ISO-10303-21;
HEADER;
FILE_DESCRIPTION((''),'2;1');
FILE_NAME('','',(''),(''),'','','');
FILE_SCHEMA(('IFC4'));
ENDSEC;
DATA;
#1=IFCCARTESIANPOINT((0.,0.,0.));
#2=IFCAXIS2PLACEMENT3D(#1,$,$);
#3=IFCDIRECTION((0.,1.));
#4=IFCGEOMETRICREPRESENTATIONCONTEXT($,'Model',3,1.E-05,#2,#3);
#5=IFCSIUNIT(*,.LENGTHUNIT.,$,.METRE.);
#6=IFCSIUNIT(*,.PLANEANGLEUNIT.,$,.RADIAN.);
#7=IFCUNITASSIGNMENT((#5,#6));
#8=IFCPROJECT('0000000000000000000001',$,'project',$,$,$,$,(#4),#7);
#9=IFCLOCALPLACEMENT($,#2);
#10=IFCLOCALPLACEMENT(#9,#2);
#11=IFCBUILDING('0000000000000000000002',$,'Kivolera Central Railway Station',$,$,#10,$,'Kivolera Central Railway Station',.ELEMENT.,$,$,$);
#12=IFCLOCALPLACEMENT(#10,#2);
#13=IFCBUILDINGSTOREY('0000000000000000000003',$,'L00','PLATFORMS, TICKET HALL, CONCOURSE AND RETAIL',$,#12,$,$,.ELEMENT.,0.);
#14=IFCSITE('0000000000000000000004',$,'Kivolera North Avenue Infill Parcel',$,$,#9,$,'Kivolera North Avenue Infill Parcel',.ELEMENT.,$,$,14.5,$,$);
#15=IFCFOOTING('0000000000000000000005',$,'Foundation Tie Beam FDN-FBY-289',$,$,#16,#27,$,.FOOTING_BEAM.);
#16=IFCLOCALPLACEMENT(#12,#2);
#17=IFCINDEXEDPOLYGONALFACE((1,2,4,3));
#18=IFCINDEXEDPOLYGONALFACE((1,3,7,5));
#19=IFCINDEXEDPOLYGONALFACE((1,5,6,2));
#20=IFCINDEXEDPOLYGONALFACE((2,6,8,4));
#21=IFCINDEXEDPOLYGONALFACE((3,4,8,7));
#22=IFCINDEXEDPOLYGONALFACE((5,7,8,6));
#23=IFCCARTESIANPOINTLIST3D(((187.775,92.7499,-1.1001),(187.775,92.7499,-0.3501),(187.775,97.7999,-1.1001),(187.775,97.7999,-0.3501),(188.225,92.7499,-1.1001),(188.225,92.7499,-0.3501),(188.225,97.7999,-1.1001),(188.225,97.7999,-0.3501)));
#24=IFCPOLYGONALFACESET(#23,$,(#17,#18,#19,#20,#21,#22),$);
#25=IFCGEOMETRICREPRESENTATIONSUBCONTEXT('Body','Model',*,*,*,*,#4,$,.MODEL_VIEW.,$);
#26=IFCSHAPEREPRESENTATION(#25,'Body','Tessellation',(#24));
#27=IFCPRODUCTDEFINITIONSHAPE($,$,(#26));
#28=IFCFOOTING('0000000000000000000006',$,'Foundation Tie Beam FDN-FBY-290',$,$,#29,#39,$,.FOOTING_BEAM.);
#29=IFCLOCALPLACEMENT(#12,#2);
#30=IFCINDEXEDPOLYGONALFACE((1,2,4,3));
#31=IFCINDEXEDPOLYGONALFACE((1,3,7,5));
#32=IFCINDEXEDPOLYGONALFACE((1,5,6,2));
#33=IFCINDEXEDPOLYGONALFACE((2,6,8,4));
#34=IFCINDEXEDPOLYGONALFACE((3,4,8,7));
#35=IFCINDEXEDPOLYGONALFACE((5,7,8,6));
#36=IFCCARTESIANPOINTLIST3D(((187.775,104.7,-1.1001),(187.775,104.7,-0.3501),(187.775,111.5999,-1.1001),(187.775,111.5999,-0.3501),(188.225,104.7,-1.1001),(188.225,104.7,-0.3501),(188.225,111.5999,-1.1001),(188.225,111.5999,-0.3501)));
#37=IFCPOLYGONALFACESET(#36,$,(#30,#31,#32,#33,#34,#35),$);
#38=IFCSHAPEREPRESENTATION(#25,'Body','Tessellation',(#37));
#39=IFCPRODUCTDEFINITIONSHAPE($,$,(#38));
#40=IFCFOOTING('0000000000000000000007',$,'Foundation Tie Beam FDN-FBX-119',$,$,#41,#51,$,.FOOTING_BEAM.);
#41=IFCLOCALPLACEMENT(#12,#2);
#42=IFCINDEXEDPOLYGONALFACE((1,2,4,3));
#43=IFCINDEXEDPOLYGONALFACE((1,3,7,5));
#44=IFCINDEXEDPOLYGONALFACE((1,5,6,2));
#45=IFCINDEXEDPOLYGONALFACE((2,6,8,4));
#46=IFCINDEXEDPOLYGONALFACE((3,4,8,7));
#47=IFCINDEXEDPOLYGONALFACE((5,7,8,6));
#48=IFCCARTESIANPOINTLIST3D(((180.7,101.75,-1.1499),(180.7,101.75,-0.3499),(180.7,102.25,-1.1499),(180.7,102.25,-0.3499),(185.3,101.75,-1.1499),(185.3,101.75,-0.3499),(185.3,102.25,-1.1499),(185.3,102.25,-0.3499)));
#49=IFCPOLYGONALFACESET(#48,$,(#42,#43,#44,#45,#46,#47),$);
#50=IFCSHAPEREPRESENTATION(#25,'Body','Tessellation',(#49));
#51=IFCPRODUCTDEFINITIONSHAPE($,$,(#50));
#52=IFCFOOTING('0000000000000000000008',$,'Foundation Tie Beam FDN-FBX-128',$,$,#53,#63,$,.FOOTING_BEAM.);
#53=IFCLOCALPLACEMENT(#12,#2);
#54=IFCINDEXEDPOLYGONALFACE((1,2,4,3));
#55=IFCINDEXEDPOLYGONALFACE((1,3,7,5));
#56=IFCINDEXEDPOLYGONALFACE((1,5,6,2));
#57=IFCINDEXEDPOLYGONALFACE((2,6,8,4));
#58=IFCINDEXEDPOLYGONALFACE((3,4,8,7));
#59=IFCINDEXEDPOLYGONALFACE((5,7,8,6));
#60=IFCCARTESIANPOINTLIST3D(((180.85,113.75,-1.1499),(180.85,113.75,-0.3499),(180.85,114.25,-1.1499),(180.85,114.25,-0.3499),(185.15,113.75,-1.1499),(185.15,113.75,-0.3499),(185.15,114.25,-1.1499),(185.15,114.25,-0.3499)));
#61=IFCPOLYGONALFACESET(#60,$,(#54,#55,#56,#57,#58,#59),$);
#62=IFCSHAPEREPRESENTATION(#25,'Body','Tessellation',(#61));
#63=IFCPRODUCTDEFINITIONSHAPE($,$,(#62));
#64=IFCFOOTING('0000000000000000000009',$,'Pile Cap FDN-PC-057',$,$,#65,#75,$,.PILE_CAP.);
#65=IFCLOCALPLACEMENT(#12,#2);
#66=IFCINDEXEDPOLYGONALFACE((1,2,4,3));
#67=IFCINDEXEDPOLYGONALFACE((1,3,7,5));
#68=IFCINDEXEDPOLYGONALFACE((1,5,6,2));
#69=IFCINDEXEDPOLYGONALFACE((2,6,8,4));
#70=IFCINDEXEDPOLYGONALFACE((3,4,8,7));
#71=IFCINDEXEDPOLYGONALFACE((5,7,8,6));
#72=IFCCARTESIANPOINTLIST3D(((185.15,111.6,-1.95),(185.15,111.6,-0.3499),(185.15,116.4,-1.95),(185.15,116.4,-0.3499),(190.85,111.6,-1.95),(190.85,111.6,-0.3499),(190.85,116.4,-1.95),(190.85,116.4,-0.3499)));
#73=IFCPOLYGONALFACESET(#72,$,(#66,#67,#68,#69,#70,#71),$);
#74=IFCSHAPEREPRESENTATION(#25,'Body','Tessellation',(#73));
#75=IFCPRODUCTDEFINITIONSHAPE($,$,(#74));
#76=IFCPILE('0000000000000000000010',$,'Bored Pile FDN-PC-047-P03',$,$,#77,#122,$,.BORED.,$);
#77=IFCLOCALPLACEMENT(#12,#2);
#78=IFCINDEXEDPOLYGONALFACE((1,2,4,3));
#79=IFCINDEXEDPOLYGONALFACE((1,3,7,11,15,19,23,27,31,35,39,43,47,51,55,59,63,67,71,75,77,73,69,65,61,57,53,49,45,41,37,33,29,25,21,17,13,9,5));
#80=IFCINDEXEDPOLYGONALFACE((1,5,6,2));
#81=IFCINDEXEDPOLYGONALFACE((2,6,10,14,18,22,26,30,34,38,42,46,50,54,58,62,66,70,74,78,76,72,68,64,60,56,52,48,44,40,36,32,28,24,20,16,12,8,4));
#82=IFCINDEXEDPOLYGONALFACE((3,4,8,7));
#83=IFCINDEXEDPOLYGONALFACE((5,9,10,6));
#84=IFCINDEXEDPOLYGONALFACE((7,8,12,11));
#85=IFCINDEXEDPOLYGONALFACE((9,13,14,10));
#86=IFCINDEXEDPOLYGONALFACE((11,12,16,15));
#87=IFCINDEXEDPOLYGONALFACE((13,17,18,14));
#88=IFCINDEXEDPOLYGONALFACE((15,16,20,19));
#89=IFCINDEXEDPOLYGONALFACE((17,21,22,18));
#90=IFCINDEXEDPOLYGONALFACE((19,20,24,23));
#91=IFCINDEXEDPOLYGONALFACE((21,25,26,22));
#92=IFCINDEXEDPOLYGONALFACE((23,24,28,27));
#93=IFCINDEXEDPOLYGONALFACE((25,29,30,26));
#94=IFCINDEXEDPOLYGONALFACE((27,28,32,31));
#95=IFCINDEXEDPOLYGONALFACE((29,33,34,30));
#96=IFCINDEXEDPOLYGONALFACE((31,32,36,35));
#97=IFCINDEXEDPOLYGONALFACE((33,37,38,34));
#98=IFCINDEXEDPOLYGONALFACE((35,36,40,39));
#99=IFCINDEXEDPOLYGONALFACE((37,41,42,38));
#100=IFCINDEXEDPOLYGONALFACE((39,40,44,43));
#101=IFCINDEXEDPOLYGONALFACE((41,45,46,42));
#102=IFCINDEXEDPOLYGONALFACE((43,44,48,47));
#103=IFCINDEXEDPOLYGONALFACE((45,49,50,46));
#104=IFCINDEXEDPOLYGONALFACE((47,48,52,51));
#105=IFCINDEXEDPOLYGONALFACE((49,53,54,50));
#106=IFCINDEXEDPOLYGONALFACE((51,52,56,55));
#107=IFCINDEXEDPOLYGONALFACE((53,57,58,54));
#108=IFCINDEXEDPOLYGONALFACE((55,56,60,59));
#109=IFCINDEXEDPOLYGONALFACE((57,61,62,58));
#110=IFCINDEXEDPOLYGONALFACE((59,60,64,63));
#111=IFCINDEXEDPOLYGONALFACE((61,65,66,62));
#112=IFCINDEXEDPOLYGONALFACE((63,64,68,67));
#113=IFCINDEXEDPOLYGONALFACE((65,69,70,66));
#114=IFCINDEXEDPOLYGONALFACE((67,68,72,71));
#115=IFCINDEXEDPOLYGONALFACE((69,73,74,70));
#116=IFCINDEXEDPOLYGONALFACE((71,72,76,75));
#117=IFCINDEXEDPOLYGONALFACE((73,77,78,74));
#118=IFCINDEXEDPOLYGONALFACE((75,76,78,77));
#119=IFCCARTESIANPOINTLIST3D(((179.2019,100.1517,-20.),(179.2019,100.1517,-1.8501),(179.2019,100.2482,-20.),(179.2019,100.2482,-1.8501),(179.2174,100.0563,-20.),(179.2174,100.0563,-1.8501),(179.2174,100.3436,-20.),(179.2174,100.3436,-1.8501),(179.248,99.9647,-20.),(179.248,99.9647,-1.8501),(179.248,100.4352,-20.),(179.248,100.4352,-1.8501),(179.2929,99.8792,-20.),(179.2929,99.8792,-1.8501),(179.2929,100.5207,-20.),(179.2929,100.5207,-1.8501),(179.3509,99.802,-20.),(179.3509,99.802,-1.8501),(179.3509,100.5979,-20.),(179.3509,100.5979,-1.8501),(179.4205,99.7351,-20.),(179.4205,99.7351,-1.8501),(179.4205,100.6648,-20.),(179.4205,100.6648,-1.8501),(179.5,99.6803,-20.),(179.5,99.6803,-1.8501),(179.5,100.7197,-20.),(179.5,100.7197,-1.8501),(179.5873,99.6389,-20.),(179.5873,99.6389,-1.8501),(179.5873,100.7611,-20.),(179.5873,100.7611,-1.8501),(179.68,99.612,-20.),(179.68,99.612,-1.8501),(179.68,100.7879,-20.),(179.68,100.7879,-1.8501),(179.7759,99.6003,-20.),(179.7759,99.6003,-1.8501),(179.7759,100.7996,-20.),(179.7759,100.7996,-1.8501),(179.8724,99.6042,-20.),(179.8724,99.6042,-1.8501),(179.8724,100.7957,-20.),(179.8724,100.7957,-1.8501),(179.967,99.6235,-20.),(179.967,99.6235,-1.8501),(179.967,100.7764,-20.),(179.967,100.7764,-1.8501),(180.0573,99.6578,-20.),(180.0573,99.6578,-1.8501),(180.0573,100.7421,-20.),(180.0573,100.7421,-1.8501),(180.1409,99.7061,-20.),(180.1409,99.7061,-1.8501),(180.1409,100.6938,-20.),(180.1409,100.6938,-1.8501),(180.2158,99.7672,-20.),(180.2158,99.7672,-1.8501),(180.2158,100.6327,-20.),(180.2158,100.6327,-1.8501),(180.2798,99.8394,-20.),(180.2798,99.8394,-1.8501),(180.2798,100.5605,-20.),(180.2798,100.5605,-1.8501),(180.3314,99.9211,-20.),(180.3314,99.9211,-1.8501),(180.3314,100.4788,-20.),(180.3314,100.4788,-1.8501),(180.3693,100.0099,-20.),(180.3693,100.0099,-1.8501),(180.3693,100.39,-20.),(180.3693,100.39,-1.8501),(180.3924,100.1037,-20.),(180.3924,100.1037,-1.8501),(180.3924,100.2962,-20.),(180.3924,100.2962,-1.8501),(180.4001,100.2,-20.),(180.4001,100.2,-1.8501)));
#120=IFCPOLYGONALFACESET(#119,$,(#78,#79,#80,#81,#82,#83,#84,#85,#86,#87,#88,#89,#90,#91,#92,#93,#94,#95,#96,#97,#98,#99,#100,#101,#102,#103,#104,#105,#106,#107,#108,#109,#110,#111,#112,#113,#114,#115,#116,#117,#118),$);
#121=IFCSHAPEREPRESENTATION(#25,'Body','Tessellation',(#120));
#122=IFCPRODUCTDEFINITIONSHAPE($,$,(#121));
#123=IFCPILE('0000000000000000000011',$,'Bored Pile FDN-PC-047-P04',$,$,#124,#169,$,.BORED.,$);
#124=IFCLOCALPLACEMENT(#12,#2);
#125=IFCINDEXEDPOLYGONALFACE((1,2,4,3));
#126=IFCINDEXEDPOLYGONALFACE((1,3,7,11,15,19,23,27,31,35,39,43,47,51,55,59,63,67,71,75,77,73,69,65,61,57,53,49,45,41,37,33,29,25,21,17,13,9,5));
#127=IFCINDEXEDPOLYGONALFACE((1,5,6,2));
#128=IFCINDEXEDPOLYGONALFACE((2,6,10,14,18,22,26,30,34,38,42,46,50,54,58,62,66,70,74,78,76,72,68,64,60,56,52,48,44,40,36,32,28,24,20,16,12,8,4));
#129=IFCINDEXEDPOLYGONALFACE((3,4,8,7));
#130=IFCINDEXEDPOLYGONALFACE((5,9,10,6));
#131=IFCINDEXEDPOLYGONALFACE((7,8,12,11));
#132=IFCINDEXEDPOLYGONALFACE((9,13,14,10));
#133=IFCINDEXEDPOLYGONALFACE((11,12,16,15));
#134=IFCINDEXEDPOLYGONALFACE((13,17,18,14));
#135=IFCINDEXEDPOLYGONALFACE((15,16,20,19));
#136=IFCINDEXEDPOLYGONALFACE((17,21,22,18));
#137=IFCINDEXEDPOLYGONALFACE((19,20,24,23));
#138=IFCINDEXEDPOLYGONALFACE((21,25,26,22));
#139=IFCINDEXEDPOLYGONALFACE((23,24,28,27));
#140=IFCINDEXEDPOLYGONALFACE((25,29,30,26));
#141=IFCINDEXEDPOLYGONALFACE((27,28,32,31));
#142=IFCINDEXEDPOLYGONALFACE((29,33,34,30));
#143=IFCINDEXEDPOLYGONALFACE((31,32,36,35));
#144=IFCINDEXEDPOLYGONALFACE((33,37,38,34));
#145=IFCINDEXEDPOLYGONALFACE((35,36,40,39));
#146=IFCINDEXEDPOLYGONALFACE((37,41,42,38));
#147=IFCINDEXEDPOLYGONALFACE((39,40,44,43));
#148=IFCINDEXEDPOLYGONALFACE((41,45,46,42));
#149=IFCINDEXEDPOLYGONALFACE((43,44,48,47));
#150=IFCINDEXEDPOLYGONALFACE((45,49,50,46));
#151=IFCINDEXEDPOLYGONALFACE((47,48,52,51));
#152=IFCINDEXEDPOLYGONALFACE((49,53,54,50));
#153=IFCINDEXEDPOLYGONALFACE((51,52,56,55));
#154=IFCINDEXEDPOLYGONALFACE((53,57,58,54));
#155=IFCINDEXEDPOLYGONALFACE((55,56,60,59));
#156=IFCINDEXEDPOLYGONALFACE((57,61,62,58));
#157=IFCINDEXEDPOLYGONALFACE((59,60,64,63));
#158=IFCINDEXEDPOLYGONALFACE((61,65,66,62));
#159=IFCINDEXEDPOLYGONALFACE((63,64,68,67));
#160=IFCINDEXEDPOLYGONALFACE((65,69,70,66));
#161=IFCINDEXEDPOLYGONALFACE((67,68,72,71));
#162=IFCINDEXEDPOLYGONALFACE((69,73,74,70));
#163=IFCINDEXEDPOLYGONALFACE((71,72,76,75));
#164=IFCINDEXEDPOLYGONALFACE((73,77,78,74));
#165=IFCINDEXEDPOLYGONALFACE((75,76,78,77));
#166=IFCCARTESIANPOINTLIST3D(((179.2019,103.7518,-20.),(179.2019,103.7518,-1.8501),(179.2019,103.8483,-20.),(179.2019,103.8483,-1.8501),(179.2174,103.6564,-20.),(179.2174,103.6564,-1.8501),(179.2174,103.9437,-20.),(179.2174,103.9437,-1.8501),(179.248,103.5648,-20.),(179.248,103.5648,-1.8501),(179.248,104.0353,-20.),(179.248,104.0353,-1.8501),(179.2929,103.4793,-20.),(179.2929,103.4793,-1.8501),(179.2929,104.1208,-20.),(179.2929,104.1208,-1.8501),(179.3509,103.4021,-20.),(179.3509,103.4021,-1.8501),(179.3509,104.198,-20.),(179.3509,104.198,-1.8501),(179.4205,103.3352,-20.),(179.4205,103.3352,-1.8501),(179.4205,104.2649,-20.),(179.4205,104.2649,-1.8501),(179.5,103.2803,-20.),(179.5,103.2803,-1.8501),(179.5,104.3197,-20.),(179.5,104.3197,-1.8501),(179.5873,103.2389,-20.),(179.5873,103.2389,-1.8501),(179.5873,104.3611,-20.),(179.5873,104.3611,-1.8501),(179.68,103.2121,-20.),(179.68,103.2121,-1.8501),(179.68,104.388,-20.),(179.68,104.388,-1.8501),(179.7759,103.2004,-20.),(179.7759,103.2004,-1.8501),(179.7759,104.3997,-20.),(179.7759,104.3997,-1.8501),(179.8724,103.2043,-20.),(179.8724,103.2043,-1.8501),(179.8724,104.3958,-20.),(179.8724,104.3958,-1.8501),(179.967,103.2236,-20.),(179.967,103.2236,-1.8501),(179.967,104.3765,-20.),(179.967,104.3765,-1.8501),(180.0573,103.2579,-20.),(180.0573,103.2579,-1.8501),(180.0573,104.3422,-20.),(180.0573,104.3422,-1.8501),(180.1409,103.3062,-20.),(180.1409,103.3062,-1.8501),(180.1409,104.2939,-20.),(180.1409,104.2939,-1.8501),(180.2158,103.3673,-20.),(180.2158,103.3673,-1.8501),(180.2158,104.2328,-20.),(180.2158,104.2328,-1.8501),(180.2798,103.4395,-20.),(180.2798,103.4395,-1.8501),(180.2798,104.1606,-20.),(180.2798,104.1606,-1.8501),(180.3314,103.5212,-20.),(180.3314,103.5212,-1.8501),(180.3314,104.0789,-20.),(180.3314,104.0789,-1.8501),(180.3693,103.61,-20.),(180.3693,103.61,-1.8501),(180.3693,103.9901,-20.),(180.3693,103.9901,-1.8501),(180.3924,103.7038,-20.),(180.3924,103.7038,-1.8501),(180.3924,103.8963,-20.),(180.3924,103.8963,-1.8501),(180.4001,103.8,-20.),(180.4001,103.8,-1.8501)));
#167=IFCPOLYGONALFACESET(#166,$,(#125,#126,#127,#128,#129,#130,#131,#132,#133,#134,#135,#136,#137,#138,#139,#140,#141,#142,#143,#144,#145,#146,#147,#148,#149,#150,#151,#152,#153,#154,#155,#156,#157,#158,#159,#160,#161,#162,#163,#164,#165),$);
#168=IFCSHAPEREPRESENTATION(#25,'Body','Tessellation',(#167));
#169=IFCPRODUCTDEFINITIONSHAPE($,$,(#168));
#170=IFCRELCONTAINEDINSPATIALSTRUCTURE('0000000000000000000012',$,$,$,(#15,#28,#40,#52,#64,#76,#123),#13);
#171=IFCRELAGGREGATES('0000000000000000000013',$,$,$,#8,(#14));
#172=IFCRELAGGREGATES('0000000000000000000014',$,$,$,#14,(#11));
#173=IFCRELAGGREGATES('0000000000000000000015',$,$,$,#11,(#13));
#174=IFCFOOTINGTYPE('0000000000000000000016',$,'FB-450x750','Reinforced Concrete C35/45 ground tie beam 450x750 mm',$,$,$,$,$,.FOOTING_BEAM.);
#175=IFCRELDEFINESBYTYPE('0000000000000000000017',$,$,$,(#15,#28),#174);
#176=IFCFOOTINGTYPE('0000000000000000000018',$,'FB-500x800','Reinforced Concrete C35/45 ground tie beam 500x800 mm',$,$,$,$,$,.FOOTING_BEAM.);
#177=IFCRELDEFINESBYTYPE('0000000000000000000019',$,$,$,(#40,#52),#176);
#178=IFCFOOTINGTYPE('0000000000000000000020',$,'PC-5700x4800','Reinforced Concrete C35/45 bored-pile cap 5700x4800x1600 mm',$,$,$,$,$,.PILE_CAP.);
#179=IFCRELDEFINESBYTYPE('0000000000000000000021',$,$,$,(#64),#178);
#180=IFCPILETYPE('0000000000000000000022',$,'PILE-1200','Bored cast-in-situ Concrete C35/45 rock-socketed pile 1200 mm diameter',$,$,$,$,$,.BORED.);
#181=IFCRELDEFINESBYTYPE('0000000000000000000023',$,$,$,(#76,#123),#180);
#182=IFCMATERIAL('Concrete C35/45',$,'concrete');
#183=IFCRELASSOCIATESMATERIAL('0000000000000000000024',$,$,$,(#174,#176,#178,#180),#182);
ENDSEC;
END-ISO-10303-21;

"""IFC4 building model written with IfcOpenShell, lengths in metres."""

from ifc_helpers import new_model, si_unit, direction, frame, origin, origin_2d, place, context, subcontext, project, spatial, rectangle, circle, extrude, material, material_profile, profile_set, type_object, element, save


model = new_model("IFC4")

# Units and contexts
model_context = context("Model", 3, precision=1e-05, world=origin(), true_north=direction((0.0, 1.0)))
body_context = subcontext(model_context, "Body", "Model", "MODEL_VIEW")
ifc_project = project(units=[si_unit("LENGTHUNIT", "METRE"), si_unit("PLANEANGLEUNIT", "RADIAN")], contexts=[model_context])

# Site, building, storey
site_placement = place(None, origin())
site = spatial("IfcSite", under=ifc_project, at=site_placement, Name="Kivolera North Avenue Infill Parcel", LongName="Kivolera North Avenue Infill Parcel", CompositionType="ELEMENT", RefElevation=14.5)
building_placement = place(site_placement, origin())
building = spatial("IfcBuilding", under=site, at=building_placement, Name="Kivolera Central Railway Station", LongName="Kivolera Central Railway Station", CompositionType="ELEMENT")
storey_placement = place(building_placement, origin())
storey = spatial("IfcBuildingStorey", under=building, at=storey_placement, Name="L00", Description="PLATFORMS, TICKET HALL, CONCOURSE AND RETAIL", CompositionType="ELEMENT", Elevation=0.0)

# Footings
ifc_material_1 = material(Name="Concrete C35/45", Category="concrete")
footing_type_1 = type_object("IfcFootingType", Name="FB-450x750", Description="Reinforced Concrete C35/45 ground tie beam 450x750 mm", PredefinedType="FOOTING_BEAM", material=ifc_material_1)
footing_1_placement = place(storey_placement, frame((188.0, 95.2749, -1.1001), z_axis=(0.0, 0.0, 1.0), x_axis=(1.0, 0.0, 0.0)))
element("IfcFooting", 1, at=footing_1_placement, inside=storey, type_object=footing_type_1, Name="Foundation Tie Beam FDN-FBY-289", PredefinedType="FOOTING_BEAM", context=body_context, shape_type="SweptSolid", body=[
    extrude(rectangle(XDim=0.45, YDim=5.05, at=origin_2d()), origin(), (0.0, 0.0, 1.0), 0.75),
])
footing_2_placement = place(storey_placement, frame((188.0, 108.1499, -1.1001), z_axis=(0.0, 0.0, 1.0), x_axis=(1.0, 0.0, 0.0)))
element("IfcFooting", 2, at=footing_2_placement, inside=storey, type_object=footing_type_1, Name="Foundation Tie Beam FDN-FBY-290", PredefinedType="FOOTING_BEAM", context=body_context, shape_type="SweptSolid", body=[
    extrude(rectangle(XDim=0.45, YDim=6.8999, at=origin_2d()), origin(), (0.0, 0.0, 1.0), 0.75),
])
footing_type_2 = type_object("IfcFootingType", Name="FB-500x800", Description="Reinforced Concrete C35/45 ground tie beam 500x800 mm", PredefinedType="FOOTING_BEAM", material=ifc_material_1)
footing_3_placement = place(storey_placement, frame((183.0, 102.0, -1.1499), z_axis=(0.0, 0.0, 1.0), x_axis=(1.0, 0.0, 0.0)))
element("IfcFooting", 3, at=footing_3_placement, inside=storey, type_object=footing_type_2, Name="Foundation Tie Beam FDN-FBX-119", PredefinedType="FOOTING_BEAM", context=body_context, shape_type="SweptSolid", body=[
    extrude(rectangle(XDim=4.6001, YDim=0.5, at=origin_2d()), origin(), (0.0, 0.0, 1.0), 0.8),
])
footing_4_placement = place(storey_placement, frame((183.0, 114.0, -1.1499), z_axis=(0.0, 0.0, 1.0), x_axis=(1.0, 0.0, 0.0)))
element("IfcFooting", 4, at=footing_4_placement, inside=storey, type_object=footing_type_2, Name="Foundation Tie Beam FDN-FBX-128", PredefinedType="FOOTING_BEAM", context=body_context, shape_type="SweptSolid", body=[
    extrude(rectangle(XDim=4.3, YDim=0.5, at=origin_2d()), origin(), (0.0, 0.0, 1.0), 0.8),
])
footing_type_3 = type_object("IfcFootingType", Name="PC-5700x4800", Description="Reinforced Concrete C35/45 bored-pile cap 5700x4800x1600 mm", PredefinedType="PILE_CAP", material=ifc_material_1)
footing_5_placement = place(storey_placement, frame((188.0, 114.0, -1.95), z_axis=(0.0, 0.0, 1.0), x_axis=(1.0, 0.0, 0.0)))
element("IfcFooting", 5, at=footing_5_placement, inside=storey, type_object=footing_type_3, Name="Pile Cap FDN-PC-057", PredefinedType="PILE_CAP", context=body_context, shape_type="SweptSolid", body=[
    extrude(rectangle(XDim=5.7, YDim=4.8, at=origin_2d()), origin(), (0.0, 0.0, 1.0), 1.6001),
])

# Piles
ifc_material_profile_1 = material_profile(ifc_material_1, circle(Radius=0.6001, at=origin_2d()), Name="PILE D1200")
ifc_profile_set_1 = profile_set([ifc_material_profile_1], Name="Concrete C35/45")
pile_type = type_object("IfcPileType", Name="PILE-1200", Description="Bored cast-in-situ Concrete C35/45 rock-socketed pile 1200 mm diameter", PredefinedType="BORED", material=ifc_profile_set_1)
for number, where, z_axis, x_axis, name in (
    (6, (179.8, 100.2, -1.8501), (0.0, 0.0, -1.0), (1.0, 0.0, 0.0), "Bored Pile FDN-PC-047-P03"),
    (7, (179.8, 103.8, -1.8501), (0.0, 0.0, -1.0), (1.0, 0.0, 0.0), "Bored Pile FDN-PC-047-P04"),
):
    element("IfcPile", number, at=place(storey_placement, frame(where, z_axis=z_axis, x_axis=x_axis)), inside=storey, type_object=pile_type, Name=name, PredefinedType="BORED", context=body_context, shape_type="SweptSolid", body=[
        extrude(circle(Radius=0.6001, at=origin_2d()), origin(), (0.0, 0.0, 1.0), 18.1499),
    ])

save(model, "model.ifc")
